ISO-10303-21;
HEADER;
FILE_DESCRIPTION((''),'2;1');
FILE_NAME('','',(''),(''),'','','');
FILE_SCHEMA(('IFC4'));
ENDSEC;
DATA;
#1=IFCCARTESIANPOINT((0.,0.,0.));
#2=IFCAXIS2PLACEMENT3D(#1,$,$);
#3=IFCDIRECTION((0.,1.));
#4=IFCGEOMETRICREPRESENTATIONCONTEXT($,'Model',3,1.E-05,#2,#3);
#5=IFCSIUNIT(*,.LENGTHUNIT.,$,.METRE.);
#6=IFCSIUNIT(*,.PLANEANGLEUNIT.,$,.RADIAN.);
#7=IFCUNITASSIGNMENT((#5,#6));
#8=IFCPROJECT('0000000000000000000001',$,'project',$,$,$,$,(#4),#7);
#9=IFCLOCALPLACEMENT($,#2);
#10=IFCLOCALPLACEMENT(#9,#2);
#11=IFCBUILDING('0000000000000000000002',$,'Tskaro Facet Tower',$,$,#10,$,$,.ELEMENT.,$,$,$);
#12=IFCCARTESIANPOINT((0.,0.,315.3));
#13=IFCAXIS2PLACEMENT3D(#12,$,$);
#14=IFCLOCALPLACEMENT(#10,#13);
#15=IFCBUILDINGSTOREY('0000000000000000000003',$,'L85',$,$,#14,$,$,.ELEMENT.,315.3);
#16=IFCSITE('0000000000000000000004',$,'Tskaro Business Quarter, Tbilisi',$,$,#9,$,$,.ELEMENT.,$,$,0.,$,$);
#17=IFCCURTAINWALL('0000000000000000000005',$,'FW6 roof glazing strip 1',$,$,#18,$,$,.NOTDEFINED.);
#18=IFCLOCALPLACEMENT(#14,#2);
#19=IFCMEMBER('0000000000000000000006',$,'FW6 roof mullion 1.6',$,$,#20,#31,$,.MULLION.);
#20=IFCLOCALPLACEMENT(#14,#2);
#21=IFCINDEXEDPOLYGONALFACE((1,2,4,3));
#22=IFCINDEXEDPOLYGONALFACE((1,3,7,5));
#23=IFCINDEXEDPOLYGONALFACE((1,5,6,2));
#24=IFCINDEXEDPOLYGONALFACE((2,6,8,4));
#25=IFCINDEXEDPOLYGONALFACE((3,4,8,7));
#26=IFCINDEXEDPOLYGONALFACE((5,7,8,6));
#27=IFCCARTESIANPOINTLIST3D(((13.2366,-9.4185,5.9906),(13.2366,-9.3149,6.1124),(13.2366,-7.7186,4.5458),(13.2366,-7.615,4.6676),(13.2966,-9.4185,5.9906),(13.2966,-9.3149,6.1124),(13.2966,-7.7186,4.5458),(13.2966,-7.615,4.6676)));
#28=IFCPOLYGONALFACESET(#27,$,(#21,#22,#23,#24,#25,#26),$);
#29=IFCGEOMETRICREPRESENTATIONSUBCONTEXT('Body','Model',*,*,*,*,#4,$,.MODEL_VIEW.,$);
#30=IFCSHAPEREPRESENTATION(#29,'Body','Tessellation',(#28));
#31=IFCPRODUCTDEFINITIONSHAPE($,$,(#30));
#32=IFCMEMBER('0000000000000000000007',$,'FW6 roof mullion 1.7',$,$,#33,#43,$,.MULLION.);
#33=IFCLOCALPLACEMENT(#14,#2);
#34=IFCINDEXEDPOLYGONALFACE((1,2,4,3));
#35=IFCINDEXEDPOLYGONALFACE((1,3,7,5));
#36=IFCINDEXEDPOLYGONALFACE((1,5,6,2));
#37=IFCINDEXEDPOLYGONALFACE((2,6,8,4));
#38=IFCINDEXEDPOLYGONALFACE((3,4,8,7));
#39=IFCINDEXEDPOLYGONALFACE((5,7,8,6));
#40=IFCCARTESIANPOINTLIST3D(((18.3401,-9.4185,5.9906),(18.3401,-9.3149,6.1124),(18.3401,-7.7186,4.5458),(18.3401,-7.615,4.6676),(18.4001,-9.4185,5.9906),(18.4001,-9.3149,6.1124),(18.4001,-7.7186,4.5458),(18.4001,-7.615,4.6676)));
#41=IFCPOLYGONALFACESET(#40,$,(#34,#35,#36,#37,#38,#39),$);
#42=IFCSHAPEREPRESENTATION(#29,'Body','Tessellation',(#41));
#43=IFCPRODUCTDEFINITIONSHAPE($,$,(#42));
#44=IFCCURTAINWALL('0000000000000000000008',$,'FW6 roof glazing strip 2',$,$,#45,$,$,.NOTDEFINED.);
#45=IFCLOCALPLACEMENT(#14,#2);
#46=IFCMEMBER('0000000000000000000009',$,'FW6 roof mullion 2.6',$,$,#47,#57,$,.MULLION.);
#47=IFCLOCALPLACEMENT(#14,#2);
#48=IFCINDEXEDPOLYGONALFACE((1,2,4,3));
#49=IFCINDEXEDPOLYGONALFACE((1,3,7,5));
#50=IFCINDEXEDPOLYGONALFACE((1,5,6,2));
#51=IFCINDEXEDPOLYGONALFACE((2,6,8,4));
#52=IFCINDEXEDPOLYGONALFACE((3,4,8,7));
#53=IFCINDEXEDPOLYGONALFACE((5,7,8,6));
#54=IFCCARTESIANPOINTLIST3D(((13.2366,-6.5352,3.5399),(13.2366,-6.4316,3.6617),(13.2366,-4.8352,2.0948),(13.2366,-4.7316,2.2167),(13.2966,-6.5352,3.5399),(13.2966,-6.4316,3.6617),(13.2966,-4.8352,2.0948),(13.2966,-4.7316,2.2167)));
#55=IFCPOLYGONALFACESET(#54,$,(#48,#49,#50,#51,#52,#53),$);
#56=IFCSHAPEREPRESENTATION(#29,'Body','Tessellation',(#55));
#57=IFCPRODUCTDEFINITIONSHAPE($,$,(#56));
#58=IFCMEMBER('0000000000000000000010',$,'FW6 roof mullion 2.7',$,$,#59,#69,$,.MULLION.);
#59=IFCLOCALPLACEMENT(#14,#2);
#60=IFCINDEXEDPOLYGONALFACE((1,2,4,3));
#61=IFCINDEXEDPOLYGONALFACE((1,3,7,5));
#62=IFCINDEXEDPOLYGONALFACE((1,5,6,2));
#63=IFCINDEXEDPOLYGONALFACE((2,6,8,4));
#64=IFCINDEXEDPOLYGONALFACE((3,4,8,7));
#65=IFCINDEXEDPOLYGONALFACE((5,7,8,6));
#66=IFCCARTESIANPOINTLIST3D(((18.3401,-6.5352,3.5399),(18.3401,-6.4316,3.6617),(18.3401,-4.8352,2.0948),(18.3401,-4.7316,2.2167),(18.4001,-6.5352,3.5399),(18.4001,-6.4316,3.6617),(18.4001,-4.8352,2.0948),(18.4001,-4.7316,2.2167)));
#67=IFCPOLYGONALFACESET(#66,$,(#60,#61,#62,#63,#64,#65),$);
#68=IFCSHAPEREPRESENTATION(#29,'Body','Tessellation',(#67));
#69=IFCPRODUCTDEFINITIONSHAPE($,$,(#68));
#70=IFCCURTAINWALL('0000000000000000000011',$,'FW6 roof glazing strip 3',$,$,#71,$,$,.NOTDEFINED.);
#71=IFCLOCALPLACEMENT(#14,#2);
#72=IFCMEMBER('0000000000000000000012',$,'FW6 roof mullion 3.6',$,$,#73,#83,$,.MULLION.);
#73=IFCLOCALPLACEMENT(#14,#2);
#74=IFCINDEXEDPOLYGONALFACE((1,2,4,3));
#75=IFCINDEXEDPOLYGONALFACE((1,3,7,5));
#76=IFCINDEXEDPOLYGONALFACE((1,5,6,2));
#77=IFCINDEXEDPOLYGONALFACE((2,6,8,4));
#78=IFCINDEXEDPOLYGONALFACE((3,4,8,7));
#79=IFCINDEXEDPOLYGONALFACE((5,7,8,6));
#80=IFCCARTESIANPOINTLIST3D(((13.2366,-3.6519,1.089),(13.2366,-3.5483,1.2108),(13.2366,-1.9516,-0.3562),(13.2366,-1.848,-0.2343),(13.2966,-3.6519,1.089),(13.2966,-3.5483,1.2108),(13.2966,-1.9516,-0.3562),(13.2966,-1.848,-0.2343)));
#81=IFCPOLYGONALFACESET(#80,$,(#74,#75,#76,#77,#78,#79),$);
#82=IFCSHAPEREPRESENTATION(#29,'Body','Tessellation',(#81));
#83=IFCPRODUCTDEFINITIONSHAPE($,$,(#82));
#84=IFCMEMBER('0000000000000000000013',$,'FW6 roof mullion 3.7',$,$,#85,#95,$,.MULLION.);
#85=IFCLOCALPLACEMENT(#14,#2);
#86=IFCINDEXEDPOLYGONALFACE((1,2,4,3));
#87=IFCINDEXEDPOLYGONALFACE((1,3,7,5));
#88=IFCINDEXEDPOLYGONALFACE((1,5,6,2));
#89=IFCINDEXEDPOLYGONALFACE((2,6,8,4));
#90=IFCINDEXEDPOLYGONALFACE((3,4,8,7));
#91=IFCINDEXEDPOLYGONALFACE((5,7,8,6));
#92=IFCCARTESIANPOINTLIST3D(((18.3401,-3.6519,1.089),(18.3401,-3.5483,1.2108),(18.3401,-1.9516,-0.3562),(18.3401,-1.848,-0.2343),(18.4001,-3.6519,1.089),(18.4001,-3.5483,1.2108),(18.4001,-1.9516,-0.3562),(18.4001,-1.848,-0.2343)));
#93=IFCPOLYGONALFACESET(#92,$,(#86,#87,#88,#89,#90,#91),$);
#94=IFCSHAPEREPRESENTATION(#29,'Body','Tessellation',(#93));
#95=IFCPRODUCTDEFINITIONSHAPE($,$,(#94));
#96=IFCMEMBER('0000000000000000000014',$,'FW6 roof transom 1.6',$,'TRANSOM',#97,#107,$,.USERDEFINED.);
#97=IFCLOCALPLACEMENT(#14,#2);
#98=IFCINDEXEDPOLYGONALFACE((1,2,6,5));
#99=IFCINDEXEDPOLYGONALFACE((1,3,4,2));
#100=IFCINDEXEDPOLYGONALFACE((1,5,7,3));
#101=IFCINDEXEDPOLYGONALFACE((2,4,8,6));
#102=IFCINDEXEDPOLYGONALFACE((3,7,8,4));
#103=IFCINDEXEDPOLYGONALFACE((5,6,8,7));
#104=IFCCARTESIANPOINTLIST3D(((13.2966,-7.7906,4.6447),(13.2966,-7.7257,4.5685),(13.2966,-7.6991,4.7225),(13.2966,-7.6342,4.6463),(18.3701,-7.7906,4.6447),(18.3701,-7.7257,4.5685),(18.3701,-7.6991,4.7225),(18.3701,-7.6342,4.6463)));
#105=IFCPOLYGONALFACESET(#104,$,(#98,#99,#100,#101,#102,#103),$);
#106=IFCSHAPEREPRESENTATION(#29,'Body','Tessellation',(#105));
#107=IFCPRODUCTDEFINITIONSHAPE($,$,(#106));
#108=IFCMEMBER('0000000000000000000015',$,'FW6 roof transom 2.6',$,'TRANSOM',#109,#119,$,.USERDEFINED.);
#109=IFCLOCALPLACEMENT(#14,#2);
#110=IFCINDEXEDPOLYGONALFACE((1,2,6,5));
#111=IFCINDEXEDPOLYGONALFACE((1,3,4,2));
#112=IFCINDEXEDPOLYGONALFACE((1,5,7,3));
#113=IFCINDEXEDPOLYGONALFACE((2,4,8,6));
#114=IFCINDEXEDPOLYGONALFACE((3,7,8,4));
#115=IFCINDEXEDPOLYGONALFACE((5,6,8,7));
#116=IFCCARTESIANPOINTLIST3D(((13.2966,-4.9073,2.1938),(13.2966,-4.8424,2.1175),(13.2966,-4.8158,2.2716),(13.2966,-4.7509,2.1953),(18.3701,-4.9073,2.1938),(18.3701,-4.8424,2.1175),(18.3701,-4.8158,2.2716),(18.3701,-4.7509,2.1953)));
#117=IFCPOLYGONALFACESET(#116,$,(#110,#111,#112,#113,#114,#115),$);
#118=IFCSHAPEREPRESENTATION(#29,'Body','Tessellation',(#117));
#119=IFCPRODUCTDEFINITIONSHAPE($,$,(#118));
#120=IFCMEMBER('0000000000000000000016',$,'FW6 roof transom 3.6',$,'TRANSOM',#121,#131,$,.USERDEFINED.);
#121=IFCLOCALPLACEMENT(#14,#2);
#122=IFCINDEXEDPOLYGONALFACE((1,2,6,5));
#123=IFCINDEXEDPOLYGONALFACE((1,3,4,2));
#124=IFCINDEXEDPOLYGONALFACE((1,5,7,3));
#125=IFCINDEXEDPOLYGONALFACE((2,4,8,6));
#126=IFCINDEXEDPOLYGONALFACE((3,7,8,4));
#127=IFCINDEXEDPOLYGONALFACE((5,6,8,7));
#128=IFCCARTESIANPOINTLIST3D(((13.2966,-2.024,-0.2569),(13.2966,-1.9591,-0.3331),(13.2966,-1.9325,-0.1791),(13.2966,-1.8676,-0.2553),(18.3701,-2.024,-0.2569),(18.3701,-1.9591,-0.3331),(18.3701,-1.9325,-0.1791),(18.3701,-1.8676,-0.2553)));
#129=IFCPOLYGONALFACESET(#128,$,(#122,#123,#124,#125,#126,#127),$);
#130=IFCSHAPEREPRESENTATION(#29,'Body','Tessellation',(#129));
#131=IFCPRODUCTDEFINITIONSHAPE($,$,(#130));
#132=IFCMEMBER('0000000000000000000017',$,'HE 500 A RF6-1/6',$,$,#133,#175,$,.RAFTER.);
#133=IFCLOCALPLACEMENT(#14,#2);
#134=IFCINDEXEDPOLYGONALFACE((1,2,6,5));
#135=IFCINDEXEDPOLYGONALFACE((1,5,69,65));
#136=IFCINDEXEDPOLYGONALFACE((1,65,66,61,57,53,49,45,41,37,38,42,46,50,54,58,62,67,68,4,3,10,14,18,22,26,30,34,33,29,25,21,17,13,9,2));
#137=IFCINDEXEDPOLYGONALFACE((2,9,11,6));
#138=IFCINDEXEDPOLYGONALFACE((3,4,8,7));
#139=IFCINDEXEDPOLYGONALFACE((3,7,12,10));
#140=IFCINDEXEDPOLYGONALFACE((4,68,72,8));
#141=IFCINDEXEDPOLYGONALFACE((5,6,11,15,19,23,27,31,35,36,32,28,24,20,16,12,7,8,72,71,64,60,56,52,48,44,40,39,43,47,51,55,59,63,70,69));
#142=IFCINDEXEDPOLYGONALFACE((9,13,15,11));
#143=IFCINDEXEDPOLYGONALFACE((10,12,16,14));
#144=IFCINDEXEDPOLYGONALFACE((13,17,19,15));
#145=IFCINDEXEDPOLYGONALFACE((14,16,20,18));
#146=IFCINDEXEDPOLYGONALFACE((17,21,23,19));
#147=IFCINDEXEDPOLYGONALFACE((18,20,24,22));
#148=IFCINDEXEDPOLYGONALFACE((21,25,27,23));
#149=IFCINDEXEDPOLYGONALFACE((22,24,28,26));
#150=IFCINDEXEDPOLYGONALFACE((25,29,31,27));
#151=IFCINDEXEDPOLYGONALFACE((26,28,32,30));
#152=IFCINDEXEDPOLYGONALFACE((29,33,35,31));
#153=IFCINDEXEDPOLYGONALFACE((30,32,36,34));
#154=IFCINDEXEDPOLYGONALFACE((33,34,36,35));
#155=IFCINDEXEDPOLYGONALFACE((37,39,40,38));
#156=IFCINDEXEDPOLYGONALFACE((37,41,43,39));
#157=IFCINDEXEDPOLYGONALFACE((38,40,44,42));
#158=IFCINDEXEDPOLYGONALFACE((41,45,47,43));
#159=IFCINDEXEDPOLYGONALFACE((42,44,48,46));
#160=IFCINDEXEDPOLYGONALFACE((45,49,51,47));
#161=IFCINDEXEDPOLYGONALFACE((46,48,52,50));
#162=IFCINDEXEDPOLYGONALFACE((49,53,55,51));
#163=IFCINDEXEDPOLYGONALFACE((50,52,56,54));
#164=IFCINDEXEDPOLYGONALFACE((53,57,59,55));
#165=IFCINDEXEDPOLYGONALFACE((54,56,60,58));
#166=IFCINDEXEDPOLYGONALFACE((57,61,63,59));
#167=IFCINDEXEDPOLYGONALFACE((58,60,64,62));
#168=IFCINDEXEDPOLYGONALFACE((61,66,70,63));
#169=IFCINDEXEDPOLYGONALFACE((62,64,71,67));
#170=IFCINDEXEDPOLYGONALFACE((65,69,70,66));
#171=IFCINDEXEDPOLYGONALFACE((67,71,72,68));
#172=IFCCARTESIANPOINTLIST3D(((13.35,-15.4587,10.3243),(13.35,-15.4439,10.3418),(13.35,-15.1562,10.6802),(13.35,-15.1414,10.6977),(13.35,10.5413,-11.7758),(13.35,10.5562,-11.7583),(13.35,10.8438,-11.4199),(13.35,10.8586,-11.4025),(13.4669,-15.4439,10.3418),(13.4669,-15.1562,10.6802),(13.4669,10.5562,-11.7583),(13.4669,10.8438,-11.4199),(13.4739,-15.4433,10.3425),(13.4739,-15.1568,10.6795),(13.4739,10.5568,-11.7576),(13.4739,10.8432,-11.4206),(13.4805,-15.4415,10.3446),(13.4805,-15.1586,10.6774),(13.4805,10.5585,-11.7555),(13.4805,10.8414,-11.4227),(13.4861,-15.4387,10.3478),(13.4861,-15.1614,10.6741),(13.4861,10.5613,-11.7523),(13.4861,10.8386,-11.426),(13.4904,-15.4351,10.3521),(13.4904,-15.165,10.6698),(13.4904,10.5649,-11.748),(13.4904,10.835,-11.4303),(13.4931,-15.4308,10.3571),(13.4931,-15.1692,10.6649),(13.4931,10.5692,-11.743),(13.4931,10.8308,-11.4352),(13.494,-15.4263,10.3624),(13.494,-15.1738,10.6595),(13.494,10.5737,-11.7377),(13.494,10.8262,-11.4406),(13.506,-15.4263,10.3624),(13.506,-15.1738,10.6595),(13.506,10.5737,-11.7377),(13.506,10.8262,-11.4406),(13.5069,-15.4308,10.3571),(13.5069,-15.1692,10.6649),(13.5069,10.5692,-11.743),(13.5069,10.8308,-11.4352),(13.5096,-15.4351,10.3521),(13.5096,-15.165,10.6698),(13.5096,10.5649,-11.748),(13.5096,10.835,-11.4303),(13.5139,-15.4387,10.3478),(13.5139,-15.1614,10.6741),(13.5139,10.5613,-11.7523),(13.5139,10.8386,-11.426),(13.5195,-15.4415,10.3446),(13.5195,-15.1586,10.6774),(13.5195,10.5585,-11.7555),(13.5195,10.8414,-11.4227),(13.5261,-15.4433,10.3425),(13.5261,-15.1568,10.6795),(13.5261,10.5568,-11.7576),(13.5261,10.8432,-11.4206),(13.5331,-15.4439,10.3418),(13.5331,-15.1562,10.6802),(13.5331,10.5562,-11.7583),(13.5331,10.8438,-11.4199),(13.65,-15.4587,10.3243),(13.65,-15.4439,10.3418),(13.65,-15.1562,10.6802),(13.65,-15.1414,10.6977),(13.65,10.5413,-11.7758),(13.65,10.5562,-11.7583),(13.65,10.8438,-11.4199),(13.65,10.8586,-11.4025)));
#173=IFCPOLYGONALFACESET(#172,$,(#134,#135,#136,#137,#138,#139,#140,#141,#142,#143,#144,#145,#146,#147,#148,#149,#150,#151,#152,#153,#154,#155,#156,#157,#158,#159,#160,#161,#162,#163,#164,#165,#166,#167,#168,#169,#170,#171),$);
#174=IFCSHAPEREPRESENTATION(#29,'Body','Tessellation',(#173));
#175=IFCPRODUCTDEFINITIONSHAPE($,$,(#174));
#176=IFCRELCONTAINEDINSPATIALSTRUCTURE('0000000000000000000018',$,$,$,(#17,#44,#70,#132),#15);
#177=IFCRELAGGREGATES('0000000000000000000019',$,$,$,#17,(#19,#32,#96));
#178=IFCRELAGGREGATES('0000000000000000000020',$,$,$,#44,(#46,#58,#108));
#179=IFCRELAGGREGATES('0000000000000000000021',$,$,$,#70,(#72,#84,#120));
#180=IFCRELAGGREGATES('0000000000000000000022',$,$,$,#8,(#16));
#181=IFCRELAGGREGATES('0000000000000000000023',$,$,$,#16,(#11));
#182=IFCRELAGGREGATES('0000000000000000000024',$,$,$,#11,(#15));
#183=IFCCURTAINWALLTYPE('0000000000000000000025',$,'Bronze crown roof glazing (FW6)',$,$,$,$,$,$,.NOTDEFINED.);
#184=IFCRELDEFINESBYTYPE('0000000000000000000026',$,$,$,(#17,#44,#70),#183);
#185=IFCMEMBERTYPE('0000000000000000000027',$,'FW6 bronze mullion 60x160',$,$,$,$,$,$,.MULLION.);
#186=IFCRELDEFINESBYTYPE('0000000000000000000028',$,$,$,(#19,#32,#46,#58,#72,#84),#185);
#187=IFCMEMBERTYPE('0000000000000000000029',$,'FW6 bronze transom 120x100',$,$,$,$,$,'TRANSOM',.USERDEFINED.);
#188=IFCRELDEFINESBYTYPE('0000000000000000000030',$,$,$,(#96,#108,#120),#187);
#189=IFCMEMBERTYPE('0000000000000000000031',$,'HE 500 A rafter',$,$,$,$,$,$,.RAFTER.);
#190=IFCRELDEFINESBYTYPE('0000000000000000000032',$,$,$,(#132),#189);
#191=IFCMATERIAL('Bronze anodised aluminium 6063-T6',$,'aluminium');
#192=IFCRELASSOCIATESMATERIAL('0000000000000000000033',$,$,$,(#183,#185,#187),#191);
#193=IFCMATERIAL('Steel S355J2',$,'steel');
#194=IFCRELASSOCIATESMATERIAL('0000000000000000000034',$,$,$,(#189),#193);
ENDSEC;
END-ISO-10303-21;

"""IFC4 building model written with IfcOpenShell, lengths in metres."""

from ifc_helpers import new_model, si_unit, direction, frame, origin, origin_2d, place, context, subcontext, project, spatial, rectangle, i_section, extrude, material, material_profile, profile_set, type_object, element, aggregate, save


model = new_model("IFC4")

# Units and contexts
model_context = context("Model", 3, precision=1e-05, world=origin(), true_north=direction((0.0, 1.0)))
body_context = subcontext(model_context, "Body", "Model", "MODEL_VIEW")
ifc_project = project(units=[si_unit("LENGTHUNIT", "METRE"), si_unit("PLANEANGLEUNIT", "RADIAN")], contexts=[model_context])

# Site, building, storey
site_placement = place(None, origin())
site = spatial("IfcSite", under=ifc_project, at=site_placement, Name="Tskaro Business Quarter, Tbilisi", CompositionType="ELEMENT", RefElevation=0.0)
building_placement = place(site_placement, origin())
building = spatial("IfcBuilding", under=site, at=building_placement, Name="Tskaro Facet Tower", CompositionType="ELEMENT")
storey_placement = place(building_placement, frame((0.0, 0.0, 315.3)))
storey = spatial("IfcBuildingStorey", under=building, at=storey_placement, Name="L85", CompositionType="ELEMENT", Elevation=315.3)

# Shared definitions
ifc_material_1 = material(Name="Bronze anodised aluminium 6063-T6", Category="aluminium")

# Curtain walls, members
curtain_wall_type_1 = type_object("IfcCurtainWallType", Name="Bronze crown roof glazing (FW6)", PredefinedType="NOTDEFINED", material=ifc_material_1)
curtain_wall_1_placement = place(storey_placement, origin())
curtain_wall_1 = element("IfcCurtainWall", 1, at=curtain_wall_1_placement, inside=storey, type_object=curtain_wall_type_1, Name="FW6 roof glazing strip 1", PredefinedType="NOTDEFINED")
ifc_material_profile_1 = material_profile(ifc_material_1, rectangle(XDim=0.0601, YDim=0.1599, at=origin_2d()), Name="Mullion 60x160")
ifc_profile_set_1 = profile_set([ifc_material_profile_1], Name="Bronze anodised aluminium 6063-T6")
member_type_1 = type_object("IfcMemberType", Name="FW6 bronze mullion 60x160", PredefinedType="MULLION", material=ifc_profile_set_1)
member_1_placement = place(storey_placement, frame((13.2666, -9.3667, 6.0515), z_axis=(0.0, 0.761969, -0.647613), x_axis=(-1.0, 0.0, 0.0)))
member_1 = element("IfcMember", 2, at=member_1_placement, type_object=member_type_1, Name="FW6 roof mullion 1.6", PredefinedType="MULLION", context=body_context, shape_type="SweptSolid", body=[
    extrude(rectangle(XDim=0.0601, YDim=0.1599, at=origin_2d()), origin(), (0.0, 0.0, 1.0), 2.231),
])
member_2_placement = place(storey_placement, frame((18.3701, -9.3667, 6.0515), z_axis=(0.0, 0.761969, -0.647613), x_axis=(-1.0, 0.0, 0.0)))
member_2 = element("IfcMember", 3, at=member_2_placement, type_object=member_type_1, Name="FW6 roof mullion 1.7", PredefinedType="MULLION", context=body_context, shape_type="SweptSolid", body=[
    extrude(rectangle(XDim=0.0601, YDim=0.1599, at=origin_2d()), origin(), (0.0, 0.0, 1.0), 2.231),
])
curtain_wall_2_placement = place(storey_placement, origin())
curtain_wall_2 = element("IfcCurtainWall", 4, at=curtain_wall_2_placement, inside=storey, type_object=curtain_wall_type_1, Name="FW6 roof glazing strip 2", PredefinedType="NOTDEFINED")
member_3_placement = place(storey_placement, frame((13.2666, -6.4834, 3.6008), z_axis=(0.0, 0.761915, -0.647677), x_axis=(-1.0, 0.0, 0.0)))
member_3 = element("IfcMember", 5, at=member_3_placement, type_object=member_type_1, Name="FW6 roof mullion 2.6", PredefinedType="MULLION", context=body_context, shape_type="SweptSolid", body=[
    extrude(rectangle(XDim=0.0601, YDim=0.1599, at=origin_2d()), origin(), (0.0, 0.0, 1.0), 2.2312),
])
member_4_placement = place(storey_placement, frame((18.3701, -6.4834, 3.6008), z_axis=(0.0, 0.761915, -0.647677), x_axis=(-1.0, 0.0, 0.0)))
member_4 = element("IfcMember", 6, at=member_4_placement, type_object=member_type_1, Name="FW6 roof mullion 2.7", PredefinedType="MULLION", context=body_context, shape_type="SweptSolid", body=[
    extrude(rectangle(XDim=0.0601, YDim=0.1599, at=origin_2d()), origin(), (0.0, 0.0, 1.0), 2.2312),
])
curtain_wall_3_placement = place(storey_placement, origin())
curtain_wall_3 = element("IfcCurtainWall", 7, at=curtain_wall_3_placement, inside=storey, type_object=curtain_wall_type_1, Name="FW6 roof glazing strip 3", PredefinedType="NOTDEFINED")
member_5_placement = place(storey_placement, frame((13.2666, -3.6001, 1.1499), z_axis=(0.0, 0.761961, -0.647623), x_axis=(-1.0, 0.0, 0.0)))
member_5 = element("IfcMember", 8, at=member_5_placement, type_object=member_type_1, Name="FW6 roof mullion 3.6", PredefinedType="MULLION", context=body_context, shape_type="SweptSolid", body=[
    extrude(rectangle(XDim=0.0601, YDim=0.1599, at=origin_2d()), origin(), (0.0, 0.0, 1.0), 2.2314),
])
member_6_placement = place(storey_placement, frame((18.3701, -3.6001, 1.1499), z_axis=(0.0, 0.761961, -0.647623), x_axis=(-1.0, 0.0, 0.0)))
member_6 = element("IfcMember", 9, at=member_6_placement, type_object=member_type_1, Name="FW6 roof mullion 3.7", PredefinedType="MULLION", context=body_context, shape_type="SweptSolid", body=[
    extrude(rectangle(XDim=0.0601, YDim=0.1599, at=origin_2d()), origin(), (0.0, 0.0, 1.0), 2.2314),
])

# Members
ifc_material_profile_2 = material_profile(ifc_material_1, rectangle(XDim=0.1201, YDim=0.1001, at=origin_2d()), Name="Transom 120x100")
ifc_profile_set_2 = profile_set([ifc_material_profile_2], Name="Bronze anodised aluminium 6063-T6")
member_type_2 = type_object("IfcMemberType", Name="FW6 bronze transom 120x100", ElementType="TRANSOM", PredefinedType="USERDEFINED", material=ifc_profile_set_2)
member_7_placement = place(storey_placement, frame((13.2966, -7.7124, 4.6455), z_axis=(1.0, 0.0, 0.0), x_axis=(0.0, 0.761939, 0.647648)))
member_7 = element("IfcMember", 10, at=member_7_placement, type_object=member_type_2, Name="FW6 roof transom 1.6", ObjectType="TRANSOM", PredefinedType="USERDEFINED", context=body_context, shape_type="SweptSolid", body=[
    extrude(rectangle(XDim=0.1201, YDim=0.1001, at=origin_2d()), origin(), (0.0, 0.0, 1.0), 5.0735),
])
member_8_placement = place(storey_placement, frame((13.2966, -4.8291, 2.1946), z_axis=(1.0, 0.0, 0.0), x_axis=(0.0, 0.761939, 0.647648)))
member_8 = element("IfcMember", 11, at=member_8_placement, type_object=member_type_2, Name="FW6 roof transom 2.6", ObjectType="TRANSOM", PredefinedType="USERDEFINED", context=body_context, shape_type="SweptSolid", body=[
    extrude(rectangle(XDim=0.1201, YDim=0.1001, at=origin_2d()), origin(), (0.0, 0.0, 1.0), 5.0735),
])
member_9_placement = place(storey_placement, frame((13.2966, -1.9458, -0.2561), z_axis=(1.0, 0.0, 0.0), x_axis=(0.0, 0.761939, 0.647648)))
member_9 = element("IfcMember", 12, at=member_9_placement, type_object=member_type_2, Name="FW6 roof transom 3.6", ObjectType="TRANSOM", PredefinedType="USERDEFINED", context=body_context, shape_type="SweptSolid", body=[
    extrude(rectangle(XDim=0.1201, YDim=0.1001, at=origin_2d()), origin(), (0.0, 0.0, 1.0), 5.0735),
])
ifc_material_2 = material(Name="Steel S355J2", Category="steel")
ifc_material_profile_3 = material_profile(ifc_material_2, i_section(OverallWidth=0.3, OverallDepth=0.49, WebThickness=0.012, FlangeThickness=0.0229, FilletRadius=0.0271, at=origin_2d()), Name="HE 500 A")
ifc_profile_set_3 = profile_set([ifc_material_profile_3], Name="Steel S355J2")
member_type_3 = type_object("IfcMemberType", Name="HE 500 A rafter", PredefinedType="RAFTER", material=ifc_profile_set_3)
member_10_placement = place(storey_placement, frame((13.5, -15.3, 10.511), z_axis=(0.0, 0.761938, -0.64765), x_axis=(-1.0, 0.0, 0.0)))
element("IfcMember", 13, at=member_10_placement, inside=storey, type_object=member_type_3, Name="HE 500 A RF6-1/6", PredefinedType="RAFTER", context=body_context, shape_type="SweptSolid", body=[
    extrude(i_section(OverallWidth=0.3, OverallDepth=0.49, WebThickness=0.012, FlangeThickness=0.0229, FilletRadius=0.0271, at=origin_2d()), origin(), (0.0, 0.0, 1.0), 34.1235),
])

aggregate(curtain_wall_1, [member_1, member_2, member_7])
aggregate(curtain_wall_2, [member_3, member_4, member_8])
aggregate(curtain_wall_3, [member_5, member_6, member_9])

save(model, "model.ifc")
